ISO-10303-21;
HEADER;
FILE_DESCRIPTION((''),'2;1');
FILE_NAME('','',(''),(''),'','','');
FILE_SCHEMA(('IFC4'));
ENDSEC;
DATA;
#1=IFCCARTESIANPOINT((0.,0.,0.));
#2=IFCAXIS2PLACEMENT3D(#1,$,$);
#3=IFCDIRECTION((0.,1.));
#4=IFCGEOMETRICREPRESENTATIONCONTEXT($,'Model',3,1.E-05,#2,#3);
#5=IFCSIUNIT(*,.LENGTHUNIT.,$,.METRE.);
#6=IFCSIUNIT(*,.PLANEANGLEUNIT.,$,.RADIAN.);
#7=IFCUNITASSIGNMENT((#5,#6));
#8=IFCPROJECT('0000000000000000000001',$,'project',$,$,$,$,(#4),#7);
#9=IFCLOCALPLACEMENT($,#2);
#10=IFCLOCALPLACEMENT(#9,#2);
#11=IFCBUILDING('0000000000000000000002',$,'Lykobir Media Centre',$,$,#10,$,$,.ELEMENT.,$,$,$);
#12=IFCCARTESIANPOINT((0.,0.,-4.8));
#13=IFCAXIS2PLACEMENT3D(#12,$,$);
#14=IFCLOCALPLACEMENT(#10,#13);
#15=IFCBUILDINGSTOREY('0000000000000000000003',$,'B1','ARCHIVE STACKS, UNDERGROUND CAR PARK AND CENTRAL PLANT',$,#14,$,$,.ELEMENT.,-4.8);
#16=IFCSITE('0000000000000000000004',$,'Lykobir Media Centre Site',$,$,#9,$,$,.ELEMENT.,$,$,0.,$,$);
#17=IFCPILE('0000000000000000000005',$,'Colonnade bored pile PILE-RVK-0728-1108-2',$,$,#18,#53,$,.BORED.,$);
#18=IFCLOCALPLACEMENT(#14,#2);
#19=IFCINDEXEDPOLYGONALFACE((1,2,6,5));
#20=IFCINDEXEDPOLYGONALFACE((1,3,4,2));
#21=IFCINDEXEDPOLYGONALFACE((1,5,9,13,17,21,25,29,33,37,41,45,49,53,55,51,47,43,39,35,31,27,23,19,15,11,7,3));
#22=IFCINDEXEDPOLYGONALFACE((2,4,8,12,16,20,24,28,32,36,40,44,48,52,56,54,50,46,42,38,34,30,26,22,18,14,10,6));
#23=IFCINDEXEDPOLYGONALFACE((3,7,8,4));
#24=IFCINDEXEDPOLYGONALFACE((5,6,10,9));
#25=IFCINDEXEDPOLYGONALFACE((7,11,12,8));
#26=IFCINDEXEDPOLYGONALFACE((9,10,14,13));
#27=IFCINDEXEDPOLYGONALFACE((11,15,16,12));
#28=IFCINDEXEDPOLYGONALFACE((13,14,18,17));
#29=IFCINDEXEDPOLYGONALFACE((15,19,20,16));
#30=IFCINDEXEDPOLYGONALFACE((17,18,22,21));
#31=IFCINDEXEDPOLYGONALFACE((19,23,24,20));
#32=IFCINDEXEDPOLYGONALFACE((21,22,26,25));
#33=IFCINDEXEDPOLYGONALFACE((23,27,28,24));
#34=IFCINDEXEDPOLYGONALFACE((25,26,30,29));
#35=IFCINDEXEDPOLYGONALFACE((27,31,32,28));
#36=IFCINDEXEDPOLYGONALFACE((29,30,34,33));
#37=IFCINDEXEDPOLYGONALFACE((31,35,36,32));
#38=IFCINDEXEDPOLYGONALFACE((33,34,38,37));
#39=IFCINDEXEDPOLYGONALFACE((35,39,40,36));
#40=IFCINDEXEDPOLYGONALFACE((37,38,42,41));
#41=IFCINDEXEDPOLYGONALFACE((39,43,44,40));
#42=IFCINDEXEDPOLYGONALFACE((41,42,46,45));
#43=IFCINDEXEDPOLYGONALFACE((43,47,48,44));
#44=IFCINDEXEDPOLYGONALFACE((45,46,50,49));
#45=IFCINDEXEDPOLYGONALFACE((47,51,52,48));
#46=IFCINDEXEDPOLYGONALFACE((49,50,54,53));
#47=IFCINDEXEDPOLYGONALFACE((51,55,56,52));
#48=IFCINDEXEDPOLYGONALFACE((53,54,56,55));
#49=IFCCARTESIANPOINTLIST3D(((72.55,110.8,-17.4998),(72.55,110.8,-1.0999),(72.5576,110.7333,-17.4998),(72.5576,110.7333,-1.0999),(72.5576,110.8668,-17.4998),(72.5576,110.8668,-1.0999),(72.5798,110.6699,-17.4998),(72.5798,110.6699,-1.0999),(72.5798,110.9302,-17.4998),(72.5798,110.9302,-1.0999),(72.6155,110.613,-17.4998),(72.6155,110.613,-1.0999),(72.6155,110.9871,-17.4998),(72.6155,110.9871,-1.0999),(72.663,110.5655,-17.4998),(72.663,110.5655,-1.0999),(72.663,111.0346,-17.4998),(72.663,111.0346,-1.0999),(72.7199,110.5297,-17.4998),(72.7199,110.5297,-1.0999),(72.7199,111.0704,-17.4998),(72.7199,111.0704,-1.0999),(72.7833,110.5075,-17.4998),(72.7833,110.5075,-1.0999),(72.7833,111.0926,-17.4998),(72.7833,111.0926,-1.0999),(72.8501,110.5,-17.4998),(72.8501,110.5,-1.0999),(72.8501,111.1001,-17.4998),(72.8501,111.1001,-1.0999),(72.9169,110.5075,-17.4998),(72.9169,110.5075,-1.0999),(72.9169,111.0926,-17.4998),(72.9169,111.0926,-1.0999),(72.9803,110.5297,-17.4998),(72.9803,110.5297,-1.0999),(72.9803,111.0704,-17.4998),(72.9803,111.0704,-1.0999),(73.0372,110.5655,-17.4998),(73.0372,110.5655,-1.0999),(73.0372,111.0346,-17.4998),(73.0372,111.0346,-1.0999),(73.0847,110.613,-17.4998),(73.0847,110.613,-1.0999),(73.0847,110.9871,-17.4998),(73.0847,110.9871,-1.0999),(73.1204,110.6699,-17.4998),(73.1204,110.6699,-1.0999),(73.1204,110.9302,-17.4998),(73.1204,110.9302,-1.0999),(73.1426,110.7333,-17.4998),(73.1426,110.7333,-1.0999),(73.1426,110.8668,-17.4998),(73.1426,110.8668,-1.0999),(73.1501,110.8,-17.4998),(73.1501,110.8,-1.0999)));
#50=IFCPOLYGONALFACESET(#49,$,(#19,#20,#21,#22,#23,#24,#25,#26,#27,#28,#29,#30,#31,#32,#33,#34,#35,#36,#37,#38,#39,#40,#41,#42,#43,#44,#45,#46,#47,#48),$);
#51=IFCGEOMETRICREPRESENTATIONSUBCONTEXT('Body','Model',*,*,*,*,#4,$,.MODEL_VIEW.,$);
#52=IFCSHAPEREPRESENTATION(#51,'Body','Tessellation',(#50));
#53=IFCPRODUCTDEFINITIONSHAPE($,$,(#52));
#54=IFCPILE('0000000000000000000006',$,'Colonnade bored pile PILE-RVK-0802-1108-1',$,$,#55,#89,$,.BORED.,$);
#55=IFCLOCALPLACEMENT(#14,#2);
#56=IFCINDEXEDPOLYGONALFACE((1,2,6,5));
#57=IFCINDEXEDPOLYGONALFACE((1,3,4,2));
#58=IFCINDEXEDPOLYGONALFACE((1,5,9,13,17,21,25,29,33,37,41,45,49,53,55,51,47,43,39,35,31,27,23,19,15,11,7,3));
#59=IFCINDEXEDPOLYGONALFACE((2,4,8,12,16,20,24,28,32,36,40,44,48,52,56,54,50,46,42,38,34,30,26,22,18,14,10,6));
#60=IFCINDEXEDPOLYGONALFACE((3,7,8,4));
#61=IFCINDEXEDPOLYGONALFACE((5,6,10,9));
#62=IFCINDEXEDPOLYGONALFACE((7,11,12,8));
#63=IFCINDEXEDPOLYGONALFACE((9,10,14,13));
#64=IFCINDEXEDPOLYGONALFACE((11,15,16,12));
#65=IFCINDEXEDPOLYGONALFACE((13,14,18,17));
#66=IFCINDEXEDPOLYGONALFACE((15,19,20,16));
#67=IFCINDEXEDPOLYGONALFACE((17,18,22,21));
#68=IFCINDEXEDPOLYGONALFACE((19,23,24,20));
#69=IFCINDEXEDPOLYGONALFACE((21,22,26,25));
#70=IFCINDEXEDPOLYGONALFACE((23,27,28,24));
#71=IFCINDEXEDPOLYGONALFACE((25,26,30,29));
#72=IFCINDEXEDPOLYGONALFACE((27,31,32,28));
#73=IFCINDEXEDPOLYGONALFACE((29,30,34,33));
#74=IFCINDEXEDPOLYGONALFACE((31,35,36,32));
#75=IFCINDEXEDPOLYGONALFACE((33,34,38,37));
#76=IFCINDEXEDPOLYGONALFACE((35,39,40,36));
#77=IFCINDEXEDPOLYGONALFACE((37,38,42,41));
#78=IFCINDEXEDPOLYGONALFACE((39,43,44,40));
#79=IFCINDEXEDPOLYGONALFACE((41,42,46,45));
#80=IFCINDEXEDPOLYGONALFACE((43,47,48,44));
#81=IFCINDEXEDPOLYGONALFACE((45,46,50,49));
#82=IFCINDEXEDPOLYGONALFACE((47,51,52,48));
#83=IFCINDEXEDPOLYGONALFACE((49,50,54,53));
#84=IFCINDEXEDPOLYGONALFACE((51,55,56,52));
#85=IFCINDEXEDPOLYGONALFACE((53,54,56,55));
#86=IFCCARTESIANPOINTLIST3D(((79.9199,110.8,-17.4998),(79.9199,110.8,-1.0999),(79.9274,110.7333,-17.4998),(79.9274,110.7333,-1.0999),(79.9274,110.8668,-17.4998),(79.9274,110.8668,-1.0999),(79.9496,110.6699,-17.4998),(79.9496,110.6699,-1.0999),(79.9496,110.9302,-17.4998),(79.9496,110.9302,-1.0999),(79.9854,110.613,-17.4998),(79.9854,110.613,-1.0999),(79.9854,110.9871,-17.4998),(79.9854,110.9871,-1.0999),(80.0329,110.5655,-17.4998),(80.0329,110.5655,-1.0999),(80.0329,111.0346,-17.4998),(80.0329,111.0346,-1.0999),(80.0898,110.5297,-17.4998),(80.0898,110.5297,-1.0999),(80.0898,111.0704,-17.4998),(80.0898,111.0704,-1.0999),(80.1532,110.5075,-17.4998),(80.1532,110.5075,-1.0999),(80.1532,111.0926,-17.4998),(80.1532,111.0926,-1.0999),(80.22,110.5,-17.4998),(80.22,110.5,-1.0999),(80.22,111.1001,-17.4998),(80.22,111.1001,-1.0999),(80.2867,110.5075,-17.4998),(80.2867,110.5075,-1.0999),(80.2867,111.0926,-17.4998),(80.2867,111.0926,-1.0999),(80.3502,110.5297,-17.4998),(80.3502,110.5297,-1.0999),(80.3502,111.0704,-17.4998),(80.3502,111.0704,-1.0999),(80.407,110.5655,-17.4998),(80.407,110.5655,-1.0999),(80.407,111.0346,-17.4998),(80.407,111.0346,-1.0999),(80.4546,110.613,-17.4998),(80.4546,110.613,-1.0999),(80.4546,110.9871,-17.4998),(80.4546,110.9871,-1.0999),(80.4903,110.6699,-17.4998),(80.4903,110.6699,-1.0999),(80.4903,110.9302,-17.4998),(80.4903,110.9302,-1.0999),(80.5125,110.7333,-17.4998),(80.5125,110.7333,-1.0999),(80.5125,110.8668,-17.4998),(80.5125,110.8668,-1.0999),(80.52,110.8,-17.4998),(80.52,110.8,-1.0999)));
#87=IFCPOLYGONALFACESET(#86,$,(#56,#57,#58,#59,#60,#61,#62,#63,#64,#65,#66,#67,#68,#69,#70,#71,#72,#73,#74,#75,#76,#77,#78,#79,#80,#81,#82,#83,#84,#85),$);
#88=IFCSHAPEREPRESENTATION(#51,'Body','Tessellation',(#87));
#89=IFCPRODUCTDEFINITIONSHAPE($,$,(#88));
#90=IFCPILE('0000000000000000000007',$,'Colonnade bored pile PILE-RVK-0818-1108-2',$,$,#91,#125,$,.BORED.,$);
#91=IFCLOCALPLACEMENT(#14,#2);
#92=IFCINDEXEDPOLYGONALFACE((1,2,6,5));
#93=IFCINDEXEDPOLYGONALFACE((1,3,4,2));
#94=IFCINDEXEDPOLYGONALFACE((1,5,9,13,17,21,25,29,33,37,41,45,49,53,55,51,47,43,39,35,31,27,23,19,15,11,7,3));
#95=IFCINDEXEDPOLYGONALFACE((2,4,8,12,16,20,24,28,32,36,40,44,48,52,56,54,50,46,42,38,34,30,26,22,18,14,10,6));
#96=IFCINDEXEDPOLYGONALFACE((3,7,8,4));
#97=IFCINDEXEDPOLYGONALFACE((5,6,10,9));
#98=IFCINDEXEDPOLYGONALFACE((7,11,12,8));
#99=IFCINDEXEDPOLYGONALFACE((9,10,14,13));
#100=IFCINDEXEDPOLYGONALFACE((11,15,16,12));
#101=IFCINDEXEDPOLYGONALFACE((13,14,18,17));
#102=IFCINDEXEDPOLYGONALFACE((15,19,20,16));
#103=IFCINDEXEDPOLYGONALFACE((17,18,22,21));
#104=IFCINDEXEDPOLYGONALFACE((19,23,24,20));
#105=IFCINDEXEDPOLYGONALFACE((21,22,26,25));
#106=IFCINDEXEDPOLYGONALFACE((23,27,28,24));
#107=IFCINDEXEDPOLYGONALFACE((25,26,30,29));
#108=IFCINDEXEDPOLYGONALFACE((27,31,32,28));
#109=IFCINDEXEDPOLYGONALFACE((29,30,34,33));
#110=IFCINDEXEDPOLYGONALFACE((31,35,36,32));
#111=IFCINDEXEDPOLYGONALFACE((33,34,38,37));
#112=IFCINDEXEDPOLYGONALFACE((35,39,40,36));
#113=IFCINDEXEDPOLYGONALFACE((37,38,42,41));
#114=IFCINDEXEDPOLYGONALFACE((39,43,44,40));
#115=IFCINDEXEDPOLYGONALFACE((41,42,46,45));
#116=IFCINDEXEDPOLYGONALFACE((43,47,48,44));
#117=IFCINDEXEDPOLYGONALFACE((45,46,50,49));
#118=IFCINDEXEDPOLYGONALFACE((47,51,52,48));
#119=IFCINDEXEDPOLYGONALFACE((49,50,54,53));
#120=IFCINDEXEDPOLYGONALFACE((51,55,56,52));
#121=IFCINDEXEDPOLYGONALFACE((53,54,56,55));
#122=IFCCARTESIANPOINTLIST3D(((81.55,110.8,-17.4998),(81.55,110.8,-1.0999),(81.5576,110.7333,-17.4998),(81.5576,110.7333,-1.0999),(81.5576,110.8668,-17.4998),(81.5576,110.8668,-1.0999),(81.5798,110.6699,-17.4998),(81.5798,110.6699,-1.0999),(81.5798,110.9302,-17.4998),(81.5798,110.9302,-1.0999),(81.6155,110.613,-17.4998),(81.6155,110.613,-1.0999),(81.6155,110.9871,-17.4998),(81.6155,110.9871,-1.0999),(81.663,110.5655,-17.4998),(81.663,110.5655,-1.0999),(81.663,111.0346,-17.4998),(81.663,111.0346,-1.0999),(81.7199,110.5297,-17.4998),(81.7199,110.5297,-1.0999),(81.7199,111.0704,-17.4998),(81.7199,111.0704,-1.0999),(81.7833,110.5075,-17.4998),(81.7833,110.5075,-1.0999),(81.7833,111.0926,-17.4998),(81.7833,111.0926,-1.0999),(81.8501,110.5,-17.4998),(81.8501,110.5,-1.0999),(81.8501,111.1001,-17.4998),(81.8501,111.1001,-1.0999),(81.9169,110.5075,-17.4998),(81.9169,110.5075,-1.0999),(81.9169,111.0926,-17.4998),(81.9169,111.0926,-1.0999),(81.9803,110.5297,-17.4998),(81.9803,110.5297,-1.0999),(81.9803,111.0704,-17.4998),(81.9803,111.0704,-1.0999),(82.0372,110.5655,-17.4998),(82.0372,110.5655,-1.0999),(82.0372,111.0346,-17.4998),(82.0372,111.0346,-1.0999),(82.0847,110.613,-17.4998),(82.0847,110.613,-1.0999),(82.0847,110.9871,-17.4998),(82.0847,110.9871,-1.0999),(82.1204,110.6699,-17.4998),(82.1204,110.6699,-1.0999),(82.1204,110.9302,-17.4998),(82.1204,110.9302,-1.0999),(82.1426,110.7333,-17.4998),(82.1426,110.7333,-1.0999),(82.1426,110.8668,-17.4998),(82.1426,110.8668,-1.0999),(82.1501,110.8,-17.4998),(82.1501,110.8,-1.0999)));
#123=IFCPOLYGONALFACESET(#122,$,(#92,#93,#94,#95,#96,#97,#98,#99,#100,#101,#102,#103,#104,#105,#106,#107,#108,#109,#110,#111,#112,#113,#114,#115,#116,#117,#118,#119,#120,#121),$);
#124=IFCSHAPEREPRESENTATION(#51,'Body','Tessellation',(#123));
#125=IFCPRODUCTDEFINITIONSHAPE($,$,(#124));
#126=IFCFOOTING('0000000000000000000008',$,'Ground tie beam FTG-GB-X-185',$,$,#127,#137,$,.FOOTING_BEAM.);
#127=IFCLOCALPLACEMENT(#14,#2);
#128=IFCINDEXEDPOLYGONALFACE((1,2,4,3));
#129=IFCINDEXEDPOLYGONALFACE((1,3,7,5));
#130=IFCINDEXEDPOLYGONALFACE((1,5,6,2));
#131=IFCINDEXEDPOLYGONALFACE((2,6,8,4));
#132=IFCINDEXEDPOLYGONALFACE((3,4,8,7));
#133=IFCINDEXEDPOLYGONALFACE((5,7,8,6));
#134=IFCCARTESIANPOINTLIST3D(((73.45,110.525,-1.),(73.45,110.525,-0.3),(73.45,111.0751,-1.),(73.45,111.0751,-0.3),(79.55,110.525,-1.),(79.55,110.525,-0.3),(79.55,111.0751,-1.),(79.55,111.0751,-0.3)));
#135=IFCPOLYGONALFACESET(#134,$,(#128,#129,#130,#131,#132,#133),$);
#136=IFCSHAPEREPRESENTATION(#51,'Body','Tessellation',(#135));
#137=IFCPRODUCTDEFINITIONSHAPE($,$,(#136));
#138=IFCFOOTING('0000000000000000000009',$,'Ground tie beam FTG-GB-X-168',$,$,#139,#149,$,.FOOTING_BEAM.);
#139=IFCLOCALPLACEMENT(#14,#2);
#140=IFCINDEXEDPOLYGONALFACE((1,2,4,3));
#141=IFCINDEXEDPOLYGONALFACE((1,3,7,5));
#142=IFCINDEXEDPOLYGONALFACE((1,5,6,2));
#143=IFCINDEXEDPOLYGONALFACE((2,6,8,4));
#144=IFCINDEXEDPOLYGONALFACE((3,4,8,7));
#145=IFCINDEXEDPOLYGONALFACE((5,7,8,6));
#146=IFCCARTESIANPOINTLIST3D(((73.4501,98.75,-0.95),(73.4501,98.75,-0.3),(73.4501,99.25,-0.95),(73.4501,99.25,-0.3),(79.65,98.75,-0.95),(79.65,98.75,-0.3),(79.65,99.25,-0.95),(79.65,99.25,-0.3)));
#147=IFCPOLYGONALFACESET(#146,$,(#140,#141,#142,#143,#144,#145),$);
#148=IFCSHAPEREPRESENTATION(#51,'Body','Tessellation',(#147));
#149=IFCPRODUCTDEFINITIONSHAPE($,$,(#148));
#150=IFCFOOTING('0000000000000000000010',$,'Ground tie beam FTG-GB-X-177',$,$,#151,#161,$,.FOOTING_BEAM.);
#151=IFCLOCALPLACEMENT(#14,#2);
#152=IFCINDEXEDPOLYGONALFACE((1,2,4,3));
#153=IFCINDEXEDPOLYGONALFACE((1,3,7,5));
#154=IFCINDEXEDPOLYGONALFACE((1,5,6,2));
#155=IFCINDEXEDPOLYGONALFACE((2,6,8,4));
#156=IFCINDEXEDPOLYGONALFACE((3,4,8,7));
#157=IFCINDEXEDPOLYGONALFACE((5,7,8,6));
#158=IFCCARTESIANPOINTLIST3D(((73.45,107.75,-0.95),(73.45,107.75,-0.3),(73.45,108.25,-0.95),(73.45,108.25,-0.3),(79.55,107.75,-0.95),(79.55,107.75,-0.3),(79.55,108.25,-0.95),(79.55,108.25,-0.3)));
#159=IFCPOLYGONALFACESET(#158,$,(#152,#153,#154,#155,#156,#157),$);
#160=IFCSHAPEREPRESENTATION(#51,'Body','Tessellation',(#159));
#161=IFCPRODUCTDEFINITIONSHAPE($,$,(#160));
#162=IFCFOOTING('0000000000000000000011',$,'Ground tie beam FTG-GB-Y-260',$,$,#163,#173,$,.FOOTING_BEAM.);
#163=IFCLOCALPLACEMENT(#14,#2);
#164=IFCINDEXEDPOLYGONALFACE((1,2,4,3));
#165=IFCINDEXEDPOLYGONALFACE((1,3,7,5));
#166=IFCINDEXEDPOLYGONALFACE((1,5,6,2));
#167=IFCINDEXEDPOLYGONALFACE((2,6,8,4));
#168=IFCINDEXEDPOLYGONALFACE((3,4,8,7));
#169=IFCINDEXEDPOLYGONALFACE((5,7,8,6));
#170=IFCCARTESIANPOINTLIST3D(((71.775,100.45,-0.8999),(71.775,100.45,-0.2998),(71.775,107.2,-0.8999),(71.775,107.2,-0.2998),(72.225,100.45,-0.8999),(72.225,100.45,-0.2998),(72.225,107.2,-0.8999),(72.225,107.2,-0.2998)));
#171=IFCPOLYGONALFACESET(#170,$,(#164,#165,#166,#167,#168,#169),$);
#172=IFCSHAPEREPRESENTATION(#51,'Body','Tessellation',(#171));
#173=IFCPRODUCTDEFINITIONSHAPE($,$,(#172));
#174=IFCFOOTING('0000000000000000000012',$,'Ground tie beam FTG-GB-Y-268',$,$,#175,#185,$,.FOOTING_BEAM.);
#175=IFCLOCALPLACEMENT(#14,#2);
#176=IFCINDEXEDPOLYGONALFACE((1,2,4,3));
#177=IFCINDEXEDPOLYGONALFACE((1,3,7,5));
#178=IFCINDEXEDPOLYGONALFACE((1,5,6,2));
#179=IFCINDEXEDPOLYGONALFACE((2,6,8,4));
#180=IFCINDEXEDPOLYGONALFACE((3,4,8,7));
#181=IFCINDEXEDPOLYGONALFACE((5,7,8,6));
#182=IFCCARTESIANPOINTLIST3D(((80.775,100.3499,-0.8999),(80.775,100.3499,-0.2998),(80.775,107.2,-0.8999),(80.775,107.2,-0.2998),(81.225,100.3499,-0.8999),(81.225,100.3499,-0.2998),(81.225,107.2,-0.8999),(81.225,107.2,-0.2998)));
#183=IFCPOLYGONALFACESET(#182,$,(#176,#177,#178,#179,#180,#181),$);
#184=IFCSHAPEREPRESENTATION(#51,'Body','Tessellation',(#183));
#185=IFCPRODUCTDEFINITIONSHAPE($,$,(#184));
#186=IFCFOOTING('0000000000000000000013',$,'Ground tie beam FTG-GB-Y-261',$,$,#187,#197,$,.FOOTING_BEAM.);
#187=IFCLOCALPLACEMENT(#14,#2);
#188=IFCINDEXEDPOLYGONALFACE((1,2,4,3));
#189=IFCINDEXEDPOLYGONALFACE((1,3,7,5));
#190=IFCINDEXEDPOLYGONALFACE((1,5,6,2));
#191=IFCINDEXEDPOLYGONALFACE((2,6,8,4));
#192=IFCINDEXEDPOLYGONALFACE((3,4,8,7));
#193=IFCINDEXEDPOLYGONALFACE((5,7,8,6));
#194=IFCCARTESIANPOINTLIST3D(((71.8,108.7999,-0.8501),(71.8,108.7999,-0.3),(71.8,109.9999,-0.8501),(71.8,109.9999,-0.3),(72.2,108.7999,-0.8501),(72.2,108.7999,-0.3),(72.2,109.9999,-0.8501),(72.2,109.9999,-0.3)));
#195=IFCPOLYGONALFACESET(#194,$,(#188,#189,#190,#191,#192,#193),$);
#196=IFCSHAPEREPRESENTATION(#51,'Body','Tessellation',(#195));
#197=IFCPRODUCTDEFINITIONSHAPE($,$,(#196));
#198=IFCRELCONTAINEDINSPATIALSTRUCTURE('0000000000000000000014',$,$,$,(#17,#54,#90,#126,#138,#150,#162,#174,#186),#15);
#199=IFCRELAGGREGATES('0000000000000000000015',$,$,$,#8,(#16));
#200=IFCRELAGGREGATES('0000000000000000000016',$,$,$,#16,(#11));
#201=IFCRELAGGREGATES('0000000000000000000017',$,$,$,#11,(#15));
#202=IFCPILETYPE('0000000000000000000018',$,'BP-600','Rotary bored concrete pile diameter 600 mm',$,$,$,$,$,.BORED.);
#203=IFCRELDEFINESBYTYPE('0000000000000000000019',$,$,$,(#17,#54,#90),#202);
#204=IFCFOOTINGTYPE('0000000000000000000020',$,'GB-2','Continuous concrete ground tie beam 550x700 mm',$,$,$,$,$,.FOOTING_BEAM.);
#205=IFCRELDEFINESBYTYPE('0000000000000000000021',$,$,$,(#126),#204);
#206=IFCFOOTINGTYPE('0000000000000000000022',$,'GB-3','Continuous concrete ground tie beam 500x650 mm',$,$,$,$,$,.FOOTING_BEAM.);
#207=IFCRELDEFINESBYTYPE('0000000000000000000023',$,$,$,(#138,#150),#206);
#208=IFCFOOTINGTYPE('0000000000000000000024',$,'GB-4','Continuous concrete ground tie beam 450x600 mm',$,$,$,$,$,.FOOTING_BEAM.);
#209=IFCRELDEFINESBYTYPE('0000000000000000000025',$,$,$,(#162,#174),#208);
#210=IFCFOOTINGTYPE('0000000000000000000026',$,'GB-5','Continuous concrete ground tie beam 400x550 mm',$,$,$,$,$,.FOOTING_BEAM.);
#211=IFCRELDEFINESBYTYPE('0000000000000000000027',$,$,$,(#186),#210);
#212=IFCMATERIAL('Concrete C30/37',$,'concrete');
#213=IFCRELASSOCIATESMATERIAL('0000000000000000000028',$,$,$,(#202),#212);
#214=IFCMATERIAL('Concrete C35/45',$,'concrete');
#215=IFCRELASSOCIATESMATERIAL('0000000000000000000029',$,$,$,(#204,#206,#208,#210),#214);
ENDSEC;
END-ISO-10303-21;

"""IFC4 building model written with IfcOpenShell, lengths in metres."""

from ifc_helpers import new_model, si_unit, direction, frame, origin, origin_2d, place, context, subcontext, project, spatial, rectangle, circle, extrude, material, material_profile, profile_set, type_object, element, save


model = new_model("IFC4")

# Units and contexts
model_context = context("Model", 3, precision=1e-05, world=origin(), true_north=direction((0.0, 1.0)))
body_context = subcontext(model_context, "Body", "Model", "MODEL_VIEW")
ifc_project = project(units=[si_unit("LENGTHUNIT", "METRE"), si_unit("PLANEANGLEUNIT", "RADIAN")], contexts=[model_context])

# Site, building, storey
site_placement = place(None, origin())
site = spatial("IfcSite", under=ifc_project, at=site_placement, Name="Lykobir Media Centre Site", CompositionType="ELEMENT", RefElevation=0.0)
building_placement = place(site_placement, origin())
building = spatial("IfcBuilding", under=site, at=building_placement, Name="Lykobir Media Centre", CompositionType="ELEMENT")
storey_placement = place(building_placement, frame((0.0, 0.0, -4.8)))
storey = spatial("IfcBuildingStorey", under=building, at=storey_placement, Name="B1", Description="ARCHIVE STACKS, UNDERGROUND CAR PARK AND CENTRAL PLANT", CompositionType="ELEMENT", Elevation=-4.8)

# Piles
ifc_material_1 = material(Name="Concrete C30/37", Category="concrete")
ifc_material_profile_1 = material_profile(ifc_material_1, circle(Radius=0.3, at=origin_2d()), Name="BORED PILE D600")
ifc_profile_set_1 = profile_set([ifc_material_profile_1], Name="Concrete C30/37")
pile_type = type_object("IfcPileType", Name="BP-600", Description="Rotary bored concrete pile diameter 600 mm", PredefinedType="BORED", material=ifc_profile_set_1)
for number, where, z_axis, x_axis, name in (
    (1, (72.8501, 110.8, -1.0999), (0.0, 0.0, -1.0), (1.0, 0.0, 0.0), "Colonnade bored pile PILE-RVK-0728-1108-2"),
    (2, (80.22, 110.8, -1.0999), (0.0, 0.0, -1.0), (1.0, 0.0, 0.0), "Colonnade bored pile PILE-RVK-0802-1108-1"),
    (3, (81.8501, 110.8, -1.0999), (0.0, 0.0, -1.0), (1.0, 0.0, 0.0), "Colonnade bored pile PILE-RVK-0818-1108-2"),
):
    element("IfcPile", number, at=place(storey_placement, frame(where, z_axis=z_axis, x_axis=x_axis)), inside=storey, type_object=pile_type, Name=name, PredefinedType="BORED", context=body_context, shape_type="SweptSolid", body=[
        extrude(circle(Radius=0.3, at=origin_2d()), origin(), (0.0, 0.0, 1.0), 16.3999),
    ])

# Footings
ifc_material_2 = material(Name="Concrete C35/45", Category="concrete")
footing_type_1 = type_object("IfcFootingType", Name="GB-2", Description="Continuous concrete ground tie beam 550x700 mm", PredefinedType="FOOTING_BEAM", material=ifc_material_2)
footing_1_placement = place(storey_placement, frame((76.5, 110.8, -1.0), z_axis=(0.0, 0.0, 1.0), x_axis=(1.0, 0.0, 0.0)))
element("IfcFooting", 4, at=footing_1_placement, inside=storey, type_object=footing_type_1, Name="Ground tie beam FTG-GB-X-185", PredefinedType="FOOTING_BEAM", context=body_context, shape_type="SweptSolid", body=[
    extrude(rectangle(XDim=6.1001, YDim=0.55, at=origin_2d()), origin(), (0.0, 0.0, 1.0), 0.7),
])
footing_type_2 = type_object("IfcFootingType", Name="GB-3", Description="Continuous concrete ground tie beam 500x650 mm", PredefinedType="FOOTING_BEAM", material=ifc_material_2)
footing_2_placement = place(storey_placement, frame((76.55, 99.0, -0.95), z_axis=(0.0, 0.0, 1.0), x_axis=(1.0, 0.0, 0.0)))
element("IfcFooting", 5, at=footing_2_placement, inside=storey, type_object=footing_type_2, Name="Ground tie beam FTG-GB-X-168", PredefinedType="FOOTING_BEAM", context=body_context, shape_type="SweptSolid", body=[
    extrude(rectangle(XDim=6.2, YDim=0.5, at=origin_2d()), origin(), (0.0, 0.0, 1.0), 0.6499),
])
footing_3_placement = place(storey_placement, frame((76.5, 108.0, -0.95), z_axis=(0.0, 0.0, 1.0), x_axis=(1.0, 0.0, 0.0)))
element("IfcFooting", 6, at=footing_3_placement, inside=storey, type_object=footing_type_2, Name="Ground tie beam FTG-GB-X-177", PredefinedType="FOOTING_BEAM", context=body_context, shape_type="SweptSolid", body=[
    extrude(rectangle(XDim=6.1001, YDim=0.5, at=origin_2d()), origin(), (0.0, 0.0, 1.0), 0.6499),
])
footing_type_3 = type_object("IfcFootingType", Name="GB-4", Description="Continuous concrete ground tie beam 450x600 mm", PredefinedType="FOOTING_BEAM", material=ifc_material_2)
footing_4_placement = place(storey_placement, frame((72.0, 103.825, -0.8999), z_axis=(0.0, 0.0, 1.0), x_axis=(0.0, 1.0, 0.0)))
element("IfcFooting", 7, at=footing_4_placement, inside=storey, type_object=footing_type_3, Name="Ground tie beam FTG-GB-Y-260", PredefinedType="FOOTING_BEAM", context=body_context, shape_type="SweptSolid", body=[
    extrude(rectangle(XDim=6.75, YDim=0.45, at=origin_2d()), origin(), (0.0, 0.0, 1.0), 0.6001),
])
footing_5_placement = place(storey_placement, frame((81.0, 103.7749, -0.8999), z_axis=(0.0, 0.0, 1.0), x_axis=(0.0, 1.0, 0.0)))
element("IfcFooting", 8, at=footing_5_placement, inside=storey, type_object=footing_type_3, Name="Ground tie beam FTG-GB-Y-268", PredefinedType="FOOTING_BEAM", context=body_context, shape_type="SweptSolid", body=[
    extrude(rectangle(XDim=6.8501, YDim=0.45, at=origin_2d()), origin(), (0.0, 0.0, 1.0), 0.6001),
])
footing_type_4 = type_object("IfcFootingType", Name="GB-5", Description="Continuous concrete ground tie beam 400x550 mm", PredefinedType="FOOTING_BEAM", material=ifc_material_2)
for number, where, z_axis, x_axis, name in (
    (9, (72.0, 109.3999, -0.8501), (0.0, 0.0, 1.0), (0.0, 1.0, 0.0), "Ground tie beam FTG-GB-Y-261"),
):
    element("IfcFooting", number, at=place(storey_placement, frame(where, z_axis=z_axis, x_axis=x_axis)), inside=storey, type_object=footing_type_4, Name=name, PredefinedType="FOOTING_BEAM", context=body_context, shape_type="SweptSolid", body=[
        extrude(rectangle(XDim=1.2, YDim=0.3999, at=origin_2d()), origin(), (0.0, 0.0, 1.0), 0.55),
    ])

save(model, "model.ifc")
